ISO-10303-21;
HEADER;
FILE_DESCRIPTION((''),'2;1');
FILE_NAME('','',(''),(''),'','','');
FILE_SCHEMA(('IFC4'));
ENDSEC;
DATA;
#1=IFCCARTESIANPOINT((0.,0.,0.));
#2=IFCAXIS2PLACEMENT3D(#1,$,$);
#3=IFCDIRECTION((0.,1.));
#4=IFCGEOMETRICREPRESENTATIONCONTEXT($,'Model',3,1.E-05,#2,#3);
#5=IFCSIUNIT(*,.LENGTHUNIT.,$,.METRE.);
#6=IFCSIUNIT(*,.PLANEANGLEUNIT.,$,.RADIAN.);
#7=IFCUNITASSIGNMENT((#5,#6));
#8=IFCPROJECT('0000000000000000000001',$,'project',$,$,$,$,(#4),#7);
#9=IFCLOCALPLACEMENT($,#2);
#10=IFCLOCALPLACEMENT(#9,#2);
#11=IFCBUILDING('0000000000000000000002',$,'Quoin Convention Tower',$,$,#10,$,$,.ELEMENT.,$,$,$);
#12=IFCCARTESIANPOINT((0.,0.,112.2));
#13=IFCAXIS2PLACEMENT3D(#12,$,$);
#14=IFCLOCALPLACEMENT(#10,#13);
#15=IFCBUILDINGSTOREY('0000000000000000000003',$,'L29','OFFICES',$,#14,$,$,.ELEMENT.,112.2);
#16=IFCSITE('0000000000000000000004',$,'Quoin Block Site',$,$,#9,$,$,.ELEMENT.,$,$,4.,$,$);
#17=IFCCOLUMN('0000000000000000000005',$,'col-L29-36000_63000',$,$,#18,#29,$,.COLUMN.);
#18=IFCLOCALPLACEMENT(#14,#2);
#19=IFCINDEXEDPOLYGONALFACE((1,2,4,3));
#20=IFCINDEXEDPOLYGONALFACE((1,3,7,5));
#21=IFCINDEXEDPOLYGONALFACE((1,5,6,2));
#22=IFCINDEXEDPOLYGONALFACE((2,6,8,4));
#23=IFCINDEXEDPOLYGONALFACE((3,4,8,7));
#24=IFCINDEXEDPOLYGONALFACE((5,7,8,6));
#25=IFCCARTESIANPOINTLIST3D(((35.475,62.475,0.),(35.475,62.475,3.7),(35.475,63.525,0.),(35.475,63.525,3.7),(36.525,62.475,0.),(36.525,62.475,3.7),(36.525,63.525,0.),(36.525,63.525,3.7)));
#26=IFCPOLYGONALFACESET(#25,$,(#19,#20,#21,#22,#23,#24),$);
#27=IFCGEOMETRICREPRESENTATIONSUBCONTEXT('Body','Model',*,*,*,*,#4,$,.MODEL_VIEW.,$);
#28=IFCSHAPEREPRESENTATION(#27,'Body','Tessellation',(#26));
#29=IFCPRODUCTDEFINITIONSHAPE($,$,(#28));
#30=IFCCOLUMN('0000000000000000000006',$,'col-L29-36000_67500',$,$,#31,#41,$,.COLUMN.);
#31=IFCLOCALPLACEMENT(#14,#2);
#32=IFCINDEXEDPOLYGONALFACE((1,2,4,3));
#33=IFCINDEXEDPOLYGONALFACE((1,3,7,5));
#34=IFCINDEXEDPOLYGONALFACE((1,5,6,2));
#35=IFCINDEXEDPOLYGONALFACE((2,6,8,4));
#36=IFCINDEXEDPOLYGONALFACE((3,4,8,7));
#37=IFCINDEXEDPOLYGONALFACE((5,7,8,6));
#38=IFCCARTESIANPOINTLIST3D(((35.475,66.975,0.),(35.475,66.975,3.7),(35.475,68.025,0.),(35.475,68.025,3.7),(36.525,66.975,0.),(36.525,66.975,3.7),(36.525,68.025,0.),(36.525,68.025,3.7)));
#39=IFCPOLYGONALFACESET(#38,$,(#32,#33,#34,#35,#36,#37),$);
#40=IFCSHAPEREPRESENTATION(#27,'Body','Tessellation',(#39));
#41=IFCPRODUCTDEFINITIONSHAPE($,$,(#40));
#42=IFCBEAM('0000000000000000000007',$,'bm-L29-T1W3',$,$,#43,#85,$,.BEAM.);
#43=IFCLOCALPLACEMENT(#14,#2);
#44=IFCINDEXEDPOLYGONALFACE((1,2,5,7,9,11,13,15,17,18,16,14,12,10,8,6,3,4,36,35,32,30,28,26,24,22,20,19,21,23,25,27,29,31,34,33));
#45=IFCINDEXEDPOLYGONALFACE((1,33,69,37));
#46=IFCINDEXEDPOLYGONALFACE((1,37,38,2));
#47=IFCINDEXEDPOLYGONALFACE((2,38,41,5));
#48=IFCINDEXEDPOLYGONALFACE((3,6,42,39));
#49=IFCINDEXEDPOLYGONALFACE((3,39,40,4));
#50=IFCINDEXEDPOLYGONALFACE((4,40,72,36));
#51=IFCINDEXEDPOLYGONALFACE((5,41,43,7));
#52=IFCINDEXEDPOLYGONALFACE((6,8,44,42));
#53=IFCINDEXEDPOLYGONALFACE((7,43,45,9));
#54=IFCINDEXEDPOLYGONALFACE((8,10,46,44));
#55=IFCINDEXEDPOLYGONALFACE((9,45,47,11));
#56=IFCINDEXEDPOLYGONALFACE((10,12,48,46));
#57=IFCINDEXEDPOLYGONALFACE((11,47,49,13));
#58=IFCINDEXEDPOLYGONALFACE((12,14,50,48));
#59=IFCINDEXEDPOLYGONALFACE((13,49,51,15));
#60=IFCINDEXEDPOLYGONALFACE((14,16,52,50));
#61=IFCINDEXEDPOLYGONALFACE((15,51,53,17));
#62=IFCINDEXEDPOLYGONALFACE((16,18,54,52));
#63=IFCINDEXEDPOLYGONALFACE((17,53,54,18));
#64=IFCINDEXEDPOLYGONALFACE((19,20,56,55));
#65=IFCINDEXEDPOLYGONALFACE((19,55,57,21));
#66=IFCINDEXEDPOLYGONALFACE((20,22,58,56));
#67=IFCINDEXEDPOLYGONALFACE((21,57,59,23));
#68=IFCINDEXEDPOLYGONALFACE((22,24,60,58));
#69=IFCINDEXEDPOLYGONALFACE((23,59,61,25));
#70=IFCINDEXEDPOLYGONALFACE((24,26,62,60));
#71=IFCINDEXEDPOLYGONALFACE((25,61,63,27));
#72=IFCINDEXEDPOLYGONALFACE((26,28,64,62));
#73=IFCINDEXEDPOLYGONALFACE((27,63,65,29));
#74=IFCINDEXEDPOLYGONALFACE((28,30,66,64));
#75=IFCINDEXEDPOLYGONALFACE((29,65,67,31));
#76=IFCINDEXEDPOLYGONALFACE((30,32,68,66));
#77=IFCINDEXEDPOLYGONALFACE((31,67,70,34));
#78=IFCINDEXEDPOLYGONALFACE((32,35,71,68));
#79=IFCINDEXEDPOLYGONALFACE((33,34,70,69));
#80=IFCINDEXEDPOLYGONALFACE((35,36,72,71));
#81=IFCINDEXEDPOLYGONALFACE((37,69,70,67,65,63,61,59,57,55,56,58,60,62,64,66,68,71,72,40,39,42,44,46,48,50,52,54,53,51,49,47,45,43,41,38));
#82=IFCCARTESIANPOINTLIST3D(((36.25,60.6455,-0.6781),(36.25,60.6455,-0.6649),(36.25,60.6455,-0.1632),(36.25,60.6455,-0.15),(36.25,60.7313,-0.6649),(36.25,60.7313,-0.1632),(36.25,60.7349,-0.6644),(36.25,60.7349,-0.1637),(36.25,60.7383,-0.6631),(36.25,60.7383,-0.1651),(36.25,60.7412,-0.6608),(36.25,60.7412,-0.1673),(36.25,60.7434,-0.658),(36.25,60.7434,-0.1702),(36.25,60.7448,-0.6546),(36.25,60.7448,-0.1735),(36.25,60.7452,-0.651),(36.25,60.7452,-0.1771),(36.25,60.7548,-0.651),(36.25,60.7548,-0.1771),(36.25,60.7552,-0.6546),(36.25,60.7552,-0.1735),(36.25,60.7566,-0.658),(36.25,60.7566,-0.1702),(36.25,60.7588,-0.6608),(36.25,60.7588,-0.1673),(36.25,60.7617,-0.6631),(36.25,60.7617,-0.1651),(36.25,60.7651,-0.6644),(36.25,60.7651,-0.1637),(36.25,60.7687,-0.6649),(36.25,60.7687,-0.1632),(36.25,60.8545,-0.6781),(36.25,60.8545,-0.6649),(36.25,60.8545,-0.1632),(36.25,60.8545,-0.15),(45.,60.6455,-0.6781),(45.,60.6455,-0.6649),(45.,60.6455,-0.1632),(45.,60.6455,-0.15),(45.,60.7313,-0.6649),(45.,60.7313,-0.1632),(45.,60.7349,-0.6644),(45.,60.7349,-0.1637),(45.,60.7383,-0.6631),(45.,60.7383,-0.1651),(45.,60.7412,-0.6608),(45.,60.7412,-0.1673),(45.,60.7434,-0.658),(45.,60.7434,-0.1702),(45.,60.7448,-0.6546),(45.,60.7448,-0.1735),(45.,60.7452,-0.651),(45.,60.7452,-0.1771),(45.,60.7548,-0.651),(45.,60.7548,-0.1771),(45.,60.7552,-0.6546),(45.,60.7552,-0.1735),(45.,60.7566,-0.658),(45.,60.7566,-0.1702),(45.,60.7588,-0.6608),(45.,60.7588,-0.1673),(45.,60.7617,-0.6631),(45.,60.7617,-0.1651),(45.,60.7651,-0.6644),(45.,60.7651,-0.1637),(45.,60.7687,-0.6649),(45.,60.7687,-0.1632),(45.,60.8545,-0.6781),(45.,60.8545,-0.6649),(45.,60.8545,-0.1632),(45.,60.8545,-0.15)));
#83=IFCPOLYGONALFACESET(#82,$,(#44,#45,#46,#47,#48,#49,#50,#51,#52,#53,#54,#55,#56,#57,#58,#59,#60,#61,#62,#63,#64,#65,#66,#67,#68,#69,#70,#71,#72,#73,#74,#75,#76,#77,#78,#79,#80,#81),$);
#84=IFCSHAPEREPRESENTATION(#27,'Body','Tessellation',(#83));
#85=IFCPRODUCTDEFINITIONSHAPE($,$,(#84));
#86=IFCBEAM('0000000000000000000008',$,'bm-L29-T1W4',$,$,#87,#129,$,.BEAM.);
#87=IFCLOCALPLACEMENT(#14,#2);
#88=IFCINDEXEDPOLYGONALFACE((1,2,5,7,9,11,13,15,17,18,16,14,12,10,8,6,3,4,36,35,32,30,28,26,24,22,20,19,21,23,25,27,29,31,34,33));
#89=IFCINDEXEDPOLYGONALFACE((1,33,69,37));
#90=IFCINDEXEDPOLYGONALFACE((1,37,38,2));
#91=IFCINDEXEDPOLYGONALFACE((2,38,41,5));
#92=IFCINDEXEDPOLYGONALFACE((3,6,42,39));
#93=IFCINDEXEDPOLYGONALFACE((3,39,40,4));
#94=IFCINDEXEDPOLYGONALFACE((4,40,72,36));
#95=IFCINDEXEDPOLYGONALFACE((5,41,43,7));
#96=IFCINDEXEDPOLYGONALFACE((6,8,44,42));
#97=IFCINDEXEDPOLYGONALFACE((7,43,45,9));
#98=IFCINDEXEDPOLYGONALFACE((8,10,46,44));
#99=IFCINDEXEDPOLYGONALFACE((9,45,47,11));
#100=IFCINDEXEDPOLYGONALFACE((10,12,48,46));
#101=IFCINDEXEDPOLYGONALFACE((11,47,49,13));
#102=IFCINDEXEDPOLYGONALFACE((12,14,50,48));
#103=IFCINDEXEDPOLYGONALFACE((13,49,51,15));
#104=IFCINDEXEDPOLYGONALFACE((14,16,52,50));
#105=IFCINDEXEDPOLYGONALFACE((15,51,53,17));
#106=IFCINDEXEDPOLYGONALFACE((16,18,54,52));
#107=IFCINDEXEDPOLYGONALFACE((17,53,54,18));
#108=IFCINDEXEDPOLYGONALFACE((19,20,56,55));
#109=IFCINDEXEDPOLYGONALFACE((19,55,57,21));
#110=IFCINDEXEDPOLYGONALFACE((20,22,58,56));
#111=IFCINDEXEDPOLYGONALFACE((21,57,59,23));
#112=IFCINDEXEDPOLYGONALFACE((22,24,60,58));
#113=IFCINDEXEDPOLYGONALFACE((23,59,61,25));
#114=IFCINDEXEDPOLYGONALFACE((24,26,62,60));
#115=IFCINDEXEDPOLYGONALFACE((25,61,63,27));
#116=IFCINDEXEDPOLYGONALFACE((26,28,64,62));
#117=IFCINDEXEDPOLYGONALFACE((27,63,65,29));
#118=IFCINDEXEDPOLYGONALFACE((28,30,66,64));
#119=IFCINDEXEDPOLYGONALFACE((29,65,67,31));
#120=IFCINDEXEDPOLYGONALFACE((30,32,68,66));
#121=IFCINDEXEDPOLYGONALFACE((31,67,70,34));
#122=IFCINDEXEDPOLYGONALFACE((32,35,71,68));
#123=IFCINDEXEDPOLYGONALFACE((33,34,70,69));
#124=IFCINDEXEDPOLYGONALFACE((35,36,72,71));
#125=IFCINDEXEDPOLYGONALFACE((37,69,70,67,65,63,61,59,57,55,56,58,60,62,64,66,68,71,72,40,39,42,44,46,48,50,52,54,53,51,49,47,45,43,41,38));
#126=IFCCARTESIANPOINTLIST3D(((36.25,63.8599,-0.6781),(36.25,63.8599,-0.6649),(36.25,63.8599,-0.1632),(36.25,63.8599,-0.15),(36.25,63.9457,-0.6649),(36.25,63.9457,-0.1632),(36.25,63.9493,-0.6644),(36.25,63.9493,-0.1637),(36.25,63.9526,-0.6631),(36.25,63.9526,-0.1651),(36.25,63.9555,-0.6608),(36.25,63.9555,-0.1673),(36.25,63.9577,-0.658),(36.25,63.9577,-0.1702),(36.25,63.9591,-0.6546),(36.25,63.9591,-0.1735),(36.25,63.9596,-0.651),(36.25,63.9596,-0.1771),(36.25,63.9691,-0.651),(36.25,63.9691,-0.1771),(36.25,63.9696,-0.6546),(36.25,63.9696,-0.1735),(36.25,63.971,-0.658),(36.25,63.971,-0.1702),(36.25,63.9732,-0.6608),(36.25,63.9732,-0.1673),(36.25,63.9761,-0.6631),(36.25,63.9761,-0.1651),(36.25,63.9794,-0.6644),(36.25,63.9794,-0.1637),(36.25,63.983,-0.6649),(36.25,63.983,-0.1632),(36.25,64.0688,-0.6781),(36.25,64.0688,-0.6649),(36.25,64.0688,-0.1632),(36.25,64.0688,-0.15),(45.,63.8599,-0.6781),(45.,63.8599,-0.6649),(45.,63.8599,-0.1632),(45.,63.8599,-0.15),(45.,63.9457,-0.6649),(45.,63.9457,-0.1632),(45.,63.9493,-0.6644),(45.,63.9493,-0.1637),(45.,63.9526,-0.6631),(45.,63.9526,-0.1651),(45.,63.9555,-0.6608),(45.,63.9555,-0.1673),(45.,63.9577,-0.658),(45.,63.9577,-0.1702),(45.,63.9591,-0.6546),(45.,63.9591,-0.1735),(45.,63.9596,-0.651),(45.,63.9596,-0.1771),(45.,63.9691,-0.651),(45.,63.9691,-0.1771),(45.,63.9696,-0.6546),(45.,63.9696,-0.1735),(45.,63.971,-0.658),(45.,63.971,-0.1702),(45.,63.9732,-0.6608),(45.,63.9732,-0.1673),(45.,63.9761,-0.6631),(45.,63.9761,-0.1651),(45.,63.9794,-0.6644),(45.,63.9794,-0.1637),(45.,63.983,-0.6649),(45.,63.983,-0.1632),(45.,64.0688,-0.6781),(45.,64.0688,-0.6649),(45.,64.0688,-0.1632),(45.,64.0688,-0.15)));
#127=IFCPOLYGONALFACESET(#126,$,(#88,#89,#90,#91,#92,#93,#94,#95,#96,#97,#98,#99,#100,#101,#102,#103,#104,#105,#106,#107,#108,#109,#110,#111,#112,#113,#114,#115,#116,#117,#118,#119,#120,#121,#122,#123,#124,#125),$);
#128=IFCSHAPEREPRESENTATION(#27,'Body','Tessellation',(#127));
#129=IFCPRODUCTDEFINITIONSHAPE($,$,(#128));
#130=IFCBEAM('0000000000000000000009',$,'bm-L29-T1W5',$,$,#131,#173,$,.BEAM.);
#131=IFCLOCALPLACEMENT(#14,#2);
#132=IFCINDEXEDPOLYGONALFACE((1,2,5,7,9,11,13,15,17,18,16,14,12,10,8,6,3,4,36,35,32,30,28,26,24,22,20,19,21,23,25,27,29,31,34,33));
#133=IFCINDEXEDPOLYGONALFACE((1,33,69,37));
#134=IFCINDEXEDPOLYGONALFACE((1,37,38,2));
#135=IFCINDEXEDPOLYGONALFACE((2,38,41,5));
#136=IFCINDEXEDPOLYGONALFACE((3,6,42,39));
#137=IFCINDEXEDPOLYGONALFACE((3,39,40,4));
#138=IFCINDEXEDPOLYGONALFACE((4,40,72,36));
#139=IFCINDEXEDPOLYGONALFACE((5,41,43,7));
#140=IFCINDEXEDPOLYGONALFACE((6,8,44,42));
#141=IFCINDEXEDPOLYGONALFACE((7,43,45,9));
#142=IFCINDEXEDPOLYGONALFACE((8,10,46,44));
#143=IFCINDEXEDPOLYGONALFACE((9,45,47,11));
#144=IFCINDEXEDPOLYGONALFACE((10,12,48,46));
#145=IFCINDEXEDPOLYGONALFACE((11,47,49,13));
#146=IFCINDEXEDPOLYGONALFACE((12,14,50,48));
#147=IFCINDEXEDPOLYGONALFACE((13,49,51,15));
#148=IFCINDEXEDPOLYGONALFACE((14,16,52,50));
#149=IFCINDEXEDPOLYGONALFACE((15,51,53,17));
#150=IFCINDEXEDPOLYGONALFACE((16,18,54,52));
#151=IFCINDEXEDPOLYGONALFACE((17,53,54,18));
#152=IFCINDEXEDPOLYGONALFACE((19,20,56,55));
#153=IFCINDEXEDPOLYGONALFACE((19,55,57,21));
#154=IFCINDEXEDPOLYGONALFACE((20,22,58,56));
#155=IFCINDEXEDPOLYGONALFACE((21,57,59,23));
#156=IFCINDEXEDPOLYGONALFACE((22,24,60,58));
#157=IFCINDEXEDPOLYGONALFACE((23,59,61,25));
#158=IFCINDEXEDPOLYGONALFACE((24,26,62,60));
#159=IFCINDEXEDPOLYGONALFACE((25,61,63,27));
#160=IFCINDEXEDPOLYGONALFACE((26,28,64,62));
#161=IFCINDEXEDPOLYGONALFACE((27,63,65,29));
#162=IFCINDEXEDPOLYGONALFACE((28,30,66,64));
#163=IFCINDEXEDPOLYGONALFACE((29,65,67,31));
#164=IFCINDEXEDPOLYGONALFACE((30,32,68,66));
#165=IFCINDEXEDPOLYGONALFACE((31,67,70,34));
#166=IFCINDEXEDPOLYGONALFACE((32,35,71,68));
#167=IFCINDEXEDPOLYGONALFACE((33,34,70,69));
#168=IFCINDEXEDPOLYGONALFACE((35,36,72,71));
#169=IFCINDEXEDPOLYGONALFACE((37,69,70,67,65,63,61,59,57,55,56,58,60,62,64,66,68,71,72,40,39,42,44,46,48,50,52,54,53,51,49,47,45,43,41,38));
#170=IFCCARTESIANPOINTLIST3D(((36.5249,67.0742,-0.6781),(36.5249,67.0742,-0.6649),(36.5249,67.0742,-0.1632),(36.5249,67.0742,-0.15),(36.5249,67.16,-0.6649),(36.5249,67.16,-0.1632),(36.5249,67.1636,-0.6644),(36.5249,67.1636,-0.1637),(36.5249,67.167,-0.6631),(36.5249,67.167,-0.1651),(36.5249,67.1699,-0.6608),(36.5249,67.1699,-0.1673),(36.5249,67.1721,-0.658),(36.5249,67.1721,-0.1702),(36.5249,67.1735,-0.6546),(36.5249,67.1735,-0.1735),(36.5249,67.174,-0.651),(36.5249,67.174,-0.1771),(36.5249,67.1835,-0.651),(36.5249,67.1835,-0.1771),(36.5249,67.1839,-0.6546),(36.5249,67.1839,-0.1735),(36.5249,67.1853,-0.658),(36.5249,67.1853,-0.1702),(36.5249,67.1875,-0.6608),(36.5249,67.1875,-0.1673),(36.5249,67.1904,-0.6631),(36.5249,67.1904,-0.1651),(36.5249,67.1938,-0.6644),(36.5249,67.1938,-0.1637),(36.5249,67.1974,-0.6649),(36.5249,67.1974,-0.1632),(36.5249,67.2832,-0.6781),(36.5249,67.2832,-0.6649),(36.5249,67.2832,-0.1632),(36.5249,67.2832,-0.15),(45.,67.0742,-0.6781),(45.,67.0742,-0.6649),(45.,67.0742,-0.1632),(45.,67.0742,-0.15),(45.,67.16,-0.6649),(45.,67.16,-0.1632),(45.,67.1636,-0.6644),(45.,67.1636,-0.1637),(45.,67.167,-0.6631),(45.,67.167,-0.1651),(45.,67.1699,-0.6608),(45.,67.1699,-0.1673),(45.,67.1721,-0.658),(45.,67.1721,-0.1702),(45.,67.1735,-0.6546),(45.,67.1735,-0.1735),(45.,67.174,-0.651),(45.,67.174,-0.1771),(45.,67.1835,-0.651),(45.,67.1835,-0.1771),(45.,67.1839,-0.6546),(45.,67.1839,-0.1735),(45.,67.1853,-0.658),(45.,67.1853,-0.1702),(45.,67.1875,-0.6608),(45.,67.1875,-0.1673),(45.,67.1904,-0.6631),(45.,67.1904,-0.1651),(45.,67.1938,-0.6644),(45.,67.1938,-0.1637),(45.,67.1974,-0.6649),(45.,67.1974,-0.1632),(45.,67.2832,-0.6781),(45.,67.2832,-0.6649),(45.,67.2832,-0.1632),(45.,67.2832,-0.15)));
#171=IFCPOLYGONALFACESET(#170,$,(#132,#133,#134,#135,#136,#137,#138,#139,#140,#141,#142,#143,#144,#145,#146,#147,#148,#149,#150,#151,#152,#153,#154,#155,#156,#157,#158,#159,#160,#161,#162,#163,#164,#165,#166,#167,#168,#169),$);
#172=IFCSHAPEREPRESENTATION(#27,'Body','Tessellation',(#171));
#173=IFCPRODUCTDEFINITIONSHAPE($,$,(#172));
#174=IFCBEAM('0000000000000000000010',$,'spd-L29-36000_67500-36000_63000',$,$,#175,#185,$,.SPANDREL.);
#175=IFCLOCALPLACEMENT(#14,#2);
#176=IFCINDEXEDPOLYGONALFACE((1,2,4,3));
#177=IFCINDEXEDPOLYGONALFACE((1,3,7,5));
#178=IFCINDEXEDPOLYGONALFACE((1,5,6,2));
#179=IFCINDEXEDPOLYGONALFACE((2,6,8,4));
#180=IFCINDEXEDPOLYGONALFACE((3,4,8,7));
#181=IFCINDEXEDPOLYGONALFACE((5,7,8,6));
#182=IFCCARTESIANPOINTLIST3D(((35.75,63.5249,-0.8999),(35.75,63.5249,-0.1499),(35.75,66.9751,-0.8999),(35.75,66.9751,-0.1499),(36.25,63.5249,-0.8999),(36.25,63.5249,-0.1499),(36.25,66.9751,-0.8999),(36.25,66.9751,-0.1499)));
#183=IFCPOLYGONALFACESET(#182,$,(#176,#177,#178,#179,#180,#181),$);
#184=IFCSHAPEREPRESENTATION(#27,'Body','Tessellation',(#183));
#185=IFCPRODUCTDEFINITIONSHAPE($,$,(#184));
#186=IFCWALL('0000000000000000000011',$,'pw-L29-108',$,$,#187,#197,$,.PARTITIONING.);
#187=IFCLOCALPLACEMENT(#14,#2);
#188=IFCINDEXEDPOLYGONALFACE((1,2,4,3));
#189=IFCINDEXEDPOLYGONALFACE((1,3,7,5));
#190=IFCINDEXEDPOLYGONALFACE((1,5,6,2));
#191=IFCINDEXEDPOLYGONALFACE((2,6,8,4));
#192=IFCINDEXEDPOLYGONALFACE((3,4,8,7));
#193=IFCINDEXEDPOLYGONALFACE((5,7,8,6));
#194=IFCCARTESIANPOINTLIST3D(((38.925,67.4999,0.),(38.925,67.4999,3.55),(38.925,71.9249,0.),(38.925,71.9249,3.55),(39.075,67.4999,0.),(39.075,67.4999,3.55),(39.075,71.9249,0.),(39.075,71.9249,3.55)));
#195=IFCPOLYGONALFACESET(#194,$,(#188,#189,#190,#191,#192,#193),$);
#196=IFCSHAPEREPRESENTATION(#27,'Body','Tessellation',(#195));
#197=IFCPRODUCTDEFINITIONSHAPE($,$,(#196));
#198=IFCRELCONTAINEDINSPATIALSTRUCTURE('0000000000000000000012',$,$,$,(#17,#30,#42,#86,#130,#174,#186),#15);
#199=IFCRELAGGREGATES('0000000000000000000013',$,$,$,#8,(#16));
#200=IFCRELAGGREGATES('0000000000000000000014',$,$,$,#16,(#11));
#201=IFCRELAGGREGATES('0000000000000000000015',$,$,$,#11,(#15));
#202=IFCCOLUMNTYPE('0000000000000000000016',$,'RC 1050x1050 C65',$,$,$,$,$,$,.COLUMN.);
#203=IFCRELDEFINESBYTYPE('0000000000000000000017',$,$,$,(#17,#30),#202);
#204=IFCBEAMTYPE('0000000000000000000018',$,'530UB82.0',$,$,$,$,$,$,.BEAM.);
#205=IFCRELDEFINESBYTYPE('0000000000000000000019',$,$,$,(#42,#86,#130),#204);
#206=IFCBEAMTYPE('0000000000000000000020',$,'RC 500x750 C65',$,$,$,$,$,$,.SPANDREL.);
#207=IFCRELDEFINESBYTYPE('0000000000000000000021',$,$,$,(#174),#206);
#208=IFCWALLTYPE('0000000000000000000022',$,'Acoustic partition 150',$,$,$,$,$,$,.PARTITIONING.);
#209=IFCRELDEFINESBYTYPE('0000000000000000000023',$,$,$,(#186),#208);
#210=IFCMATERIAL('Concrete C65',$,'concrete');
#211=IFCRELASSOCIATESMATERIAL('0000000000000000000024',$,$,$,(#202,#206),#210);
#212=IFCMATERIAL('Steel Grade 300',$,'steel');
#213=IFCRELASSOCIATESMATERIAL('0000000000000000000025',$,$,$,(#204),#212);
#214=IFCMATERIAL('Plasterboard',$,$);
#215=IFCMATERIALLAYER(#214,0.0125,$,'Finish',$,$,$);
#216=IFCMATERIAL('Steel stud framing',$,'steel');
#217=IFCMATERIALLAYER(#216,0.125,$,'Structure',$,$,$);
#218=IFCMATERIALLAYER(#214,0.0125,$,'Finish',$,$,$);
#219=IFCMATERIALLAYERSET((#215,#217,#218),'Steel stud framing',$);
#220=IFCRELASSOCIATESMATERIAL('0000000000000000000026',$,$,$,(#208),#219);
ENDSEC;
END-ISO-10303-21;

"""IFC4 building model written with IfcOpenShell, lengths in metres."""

from ifc_helpers import new_model, si_unit, direction, frame, frame_2d, origin, origin_2d, place, context, subcontext, project, spatial, rectangle, i_section, extrude, material, layer, layer_set, material_profile, profile_set, type_object, element, save


model = new_model("IFC4")

# Units and contexts
model_context = context("Model", 3, precision=1e-05, world=origin(), true_north=direction((0.0, 1.0)))
body_context = subcontext(model_context, "Body", "Model", "MODEL_VIEW")
ifc_project = project(units=[si_unit("LENGTHUNIT", "METRE"), si_unit("PLANEANGLEUNIT", "RADIAN")], contexts=[model_context])

# Site, building, storey
site_placement = place(None, origin())
site = spatial("IfcSite", under=ifc_project, at=site_placement, Name="Quoin Block Site", CompositionType="ELEMENT", RefElevation=4.0)
building_placement = place(site_placement, origin())
building = spatial("IfcBuilding", under=site, at=building_placement, Name="Quoin Convention Tower", CompositionType="ELEMENT")
storey_placement = place(building_placement, frame((0.0, 0.0, 112.2)))
storey = spatial("IfcBuildingStorey", under=building, at=storey_placement, Name="L29", Description="OFFICES", CompositionType="ELEMENT", Elevation=112.2)

# Columns
ifc_material_1 = material(Name="Concrete C65", Category="concrete")
ifc_material_profile_1 = material_profile(ifc_material_1, rectangle(XDim=1.05, YDim=1.05, at=origin_2d()), Name="RC 1050x1050")
ifc_profile_set_1 = profile_set([ifc_material_profile_1], Name="Concrete C65")
column_type = type_object("IfcColumnType", Name="RC 1050x1050 C65", PredefinedType="COLUMN", material=ifc_profile_set_1)
for number, where, z_axis, x_axis, name in (
    (1, (36.0, 63.0, 0.0), (0.0, 0.0, 1.0), (1.0, 0.0, 0.0), "col-L29-36000_63000"),
    (2, (36.0, 67.5, 0.0), (0.0, 0.0, 1.0), (1.0, 0.0, 0.0), "col-L29-36000_67500"),
):
    element("IfcColumn", number, at=place(storey_placement, frame(where, z_axis=z_axis, x_axis=x_axis)), inside=storey, type_object=column_type, Name=name, PredefinedType="COLUMN", context=body_context, shape_type="SweptSolid", body=[
        extrude(rectangle(XDim=1.05, YDim=1.05, at=origin_2d()), origin(), (0.0, 0.0, 1.0), 3.7),
    ])

# Beams
ifc_material_2 = material(Name="Steel Grade 300", Category="steel")
ifc_material_profile_2 = material_profile(ifc_material_2, i_section(OverallWidth=0.209, OverallDepth=0.5281, WebThickness=0.0095, FlangeThickness=0.0132, FilletRadius=0.0139, at=origin_2d()), Name="530UB82.0")
ifc_profile_set_2 = profile_set([ifc_material_profile_2], Name="Steel Grade 300")
beam_type_1 = type_object("IfcBeamType", Name="530UB82.0", PredefinedType="BEAM", material=ifc_profile_set_2)
for number, where, z_axis, x_axis, name in (
    (3, (36.25, 60.75, -0.4141), (1.0, 0.0, 0.0), (0.0, 1.0, 0.0), "bm-L29-T1W3"),
    (4, (36.25, 63.9644, -0.4141), (1.0, 0.0, 0.0), (0.0, 1.0, 0.0), "bm-L29-T1W4"),
):
    element("IfcBeam", number, at=place(storey_placement, frame(where, z_axis=z_axis, x_axis=x_axis)), inside=storey, type_object=beam_type_1, Name=name, PredefinedType="BEAM", context=body_context, shape_type="SweptSolid", body=[
        extrude(i_section(OverallWidth=0.209, OverallDepth=0.5281, WebThickness=0.0095, FlangeThickness=0.0132, FilletRadius=0.0139, at=origin_2d()), origin(), (0.0, 0.0, 1.0), 8.75),
    ])
beam_1_placement = place(storey_placement, frame((36.5249, 67.1787, -0.4141), z_axis=(1.0, 0.0, 0.0), x_axis=(0.0, 1.0, 0.0)))
element("IfcBeam", 5, at=beam_1_placement, inside=storey, type_object=beam_type_1, Name="bm-L29-T1W5", PredefinedType="BEAM", context=body_context, shape_type="SweptSolid", body=[
    extrude(i_section(OverallWidth=0.209, OverallDepth=0.5281, WebThickness=0.0095, FlangeThickness=0.0132, FilletRadius=0.0139, at=origin_2d()), origin(), (0.0, 0.0, 1.0), 8.4751),
])
ifc_material_profile_3 = material_profile(ifc_material_1, rectangle(XDim=0.5, YDim=0.75, at=origin_2d()), Name="RC 500x750")
ifc_profile_set_3 = profile_set([ifc_material_profile_3], Name="Concrete C65")
beam_type_2 = type_object("IfcBeamType", Name="RC 500x750 C65", PredefinedType="SPANDREL", material=ifc_profile_set_3)
beam_2_placement = place(storey_placement, frame((36.0, 66.9751, -0.5249), z_axis=(0.0, -1.0, 0.0), x_axis=(1.0, 0.0, 0.0)))
element("IfcBeam", 6, at=beam_2_placement, inside=storey, type_object=beam_type_2, Name="spd-L29-36000_67500-36000_63000", PredefinedType="SPANDREL", context=body_context, shape_type="SweptSolid", body=[
    extrude(rectangle(XDim=0.5, YDim=0.75, at=origin_2d()), origin(), (0.0, 0.0, 1.0), 3.4502),
])

# Wall
ifc_material_3 = material(Name="Plasterboard")
ifc_layer_1 = layer(ifc_material_3, 0.0125, Name="Finish")
ifc_material_4 = material(Name="Steel stud framing", Category="steel")
ifc_layer_2 = layer(ifc_material_4, 0.125, Name="Structure")
ifc_layer_3 = layer(ifc_material_3, 0.0125, Name="Finish")
ifc_layer_set_1 = layer_set([ifc_layer_1, ifc_layer_2, ifc_layer_3], Name="Steel stud framing")
wall_type_1 = type_object("IfcWallType", Name="Acoustic partition 150", PredefinedType="PARTITIONING", material=ifc_layer_set_1)
wall_1_placement = place(storey_placement, frame((39.0, 67.5, 0.0), z_axis=(0.0, 0.0, 1.0), x_axis=(0.0, 1.0, 0.0)))
element("IfcWall", 7, at=wall_1_placement, inside=storey, type_object=wall_type_1, Name="pw-L29-108", PredefinedType="PARTITIONING", context=body_context, shape_type="SweptSolid", body=[
    extrude(rectangle(XDim=4.425, YDim=0.1499, at=frame_2d((2.2124, 0.0))), origin(), (0.0, 0.0, 1.0), 3.55),
])

save(model, "model.ifc")
